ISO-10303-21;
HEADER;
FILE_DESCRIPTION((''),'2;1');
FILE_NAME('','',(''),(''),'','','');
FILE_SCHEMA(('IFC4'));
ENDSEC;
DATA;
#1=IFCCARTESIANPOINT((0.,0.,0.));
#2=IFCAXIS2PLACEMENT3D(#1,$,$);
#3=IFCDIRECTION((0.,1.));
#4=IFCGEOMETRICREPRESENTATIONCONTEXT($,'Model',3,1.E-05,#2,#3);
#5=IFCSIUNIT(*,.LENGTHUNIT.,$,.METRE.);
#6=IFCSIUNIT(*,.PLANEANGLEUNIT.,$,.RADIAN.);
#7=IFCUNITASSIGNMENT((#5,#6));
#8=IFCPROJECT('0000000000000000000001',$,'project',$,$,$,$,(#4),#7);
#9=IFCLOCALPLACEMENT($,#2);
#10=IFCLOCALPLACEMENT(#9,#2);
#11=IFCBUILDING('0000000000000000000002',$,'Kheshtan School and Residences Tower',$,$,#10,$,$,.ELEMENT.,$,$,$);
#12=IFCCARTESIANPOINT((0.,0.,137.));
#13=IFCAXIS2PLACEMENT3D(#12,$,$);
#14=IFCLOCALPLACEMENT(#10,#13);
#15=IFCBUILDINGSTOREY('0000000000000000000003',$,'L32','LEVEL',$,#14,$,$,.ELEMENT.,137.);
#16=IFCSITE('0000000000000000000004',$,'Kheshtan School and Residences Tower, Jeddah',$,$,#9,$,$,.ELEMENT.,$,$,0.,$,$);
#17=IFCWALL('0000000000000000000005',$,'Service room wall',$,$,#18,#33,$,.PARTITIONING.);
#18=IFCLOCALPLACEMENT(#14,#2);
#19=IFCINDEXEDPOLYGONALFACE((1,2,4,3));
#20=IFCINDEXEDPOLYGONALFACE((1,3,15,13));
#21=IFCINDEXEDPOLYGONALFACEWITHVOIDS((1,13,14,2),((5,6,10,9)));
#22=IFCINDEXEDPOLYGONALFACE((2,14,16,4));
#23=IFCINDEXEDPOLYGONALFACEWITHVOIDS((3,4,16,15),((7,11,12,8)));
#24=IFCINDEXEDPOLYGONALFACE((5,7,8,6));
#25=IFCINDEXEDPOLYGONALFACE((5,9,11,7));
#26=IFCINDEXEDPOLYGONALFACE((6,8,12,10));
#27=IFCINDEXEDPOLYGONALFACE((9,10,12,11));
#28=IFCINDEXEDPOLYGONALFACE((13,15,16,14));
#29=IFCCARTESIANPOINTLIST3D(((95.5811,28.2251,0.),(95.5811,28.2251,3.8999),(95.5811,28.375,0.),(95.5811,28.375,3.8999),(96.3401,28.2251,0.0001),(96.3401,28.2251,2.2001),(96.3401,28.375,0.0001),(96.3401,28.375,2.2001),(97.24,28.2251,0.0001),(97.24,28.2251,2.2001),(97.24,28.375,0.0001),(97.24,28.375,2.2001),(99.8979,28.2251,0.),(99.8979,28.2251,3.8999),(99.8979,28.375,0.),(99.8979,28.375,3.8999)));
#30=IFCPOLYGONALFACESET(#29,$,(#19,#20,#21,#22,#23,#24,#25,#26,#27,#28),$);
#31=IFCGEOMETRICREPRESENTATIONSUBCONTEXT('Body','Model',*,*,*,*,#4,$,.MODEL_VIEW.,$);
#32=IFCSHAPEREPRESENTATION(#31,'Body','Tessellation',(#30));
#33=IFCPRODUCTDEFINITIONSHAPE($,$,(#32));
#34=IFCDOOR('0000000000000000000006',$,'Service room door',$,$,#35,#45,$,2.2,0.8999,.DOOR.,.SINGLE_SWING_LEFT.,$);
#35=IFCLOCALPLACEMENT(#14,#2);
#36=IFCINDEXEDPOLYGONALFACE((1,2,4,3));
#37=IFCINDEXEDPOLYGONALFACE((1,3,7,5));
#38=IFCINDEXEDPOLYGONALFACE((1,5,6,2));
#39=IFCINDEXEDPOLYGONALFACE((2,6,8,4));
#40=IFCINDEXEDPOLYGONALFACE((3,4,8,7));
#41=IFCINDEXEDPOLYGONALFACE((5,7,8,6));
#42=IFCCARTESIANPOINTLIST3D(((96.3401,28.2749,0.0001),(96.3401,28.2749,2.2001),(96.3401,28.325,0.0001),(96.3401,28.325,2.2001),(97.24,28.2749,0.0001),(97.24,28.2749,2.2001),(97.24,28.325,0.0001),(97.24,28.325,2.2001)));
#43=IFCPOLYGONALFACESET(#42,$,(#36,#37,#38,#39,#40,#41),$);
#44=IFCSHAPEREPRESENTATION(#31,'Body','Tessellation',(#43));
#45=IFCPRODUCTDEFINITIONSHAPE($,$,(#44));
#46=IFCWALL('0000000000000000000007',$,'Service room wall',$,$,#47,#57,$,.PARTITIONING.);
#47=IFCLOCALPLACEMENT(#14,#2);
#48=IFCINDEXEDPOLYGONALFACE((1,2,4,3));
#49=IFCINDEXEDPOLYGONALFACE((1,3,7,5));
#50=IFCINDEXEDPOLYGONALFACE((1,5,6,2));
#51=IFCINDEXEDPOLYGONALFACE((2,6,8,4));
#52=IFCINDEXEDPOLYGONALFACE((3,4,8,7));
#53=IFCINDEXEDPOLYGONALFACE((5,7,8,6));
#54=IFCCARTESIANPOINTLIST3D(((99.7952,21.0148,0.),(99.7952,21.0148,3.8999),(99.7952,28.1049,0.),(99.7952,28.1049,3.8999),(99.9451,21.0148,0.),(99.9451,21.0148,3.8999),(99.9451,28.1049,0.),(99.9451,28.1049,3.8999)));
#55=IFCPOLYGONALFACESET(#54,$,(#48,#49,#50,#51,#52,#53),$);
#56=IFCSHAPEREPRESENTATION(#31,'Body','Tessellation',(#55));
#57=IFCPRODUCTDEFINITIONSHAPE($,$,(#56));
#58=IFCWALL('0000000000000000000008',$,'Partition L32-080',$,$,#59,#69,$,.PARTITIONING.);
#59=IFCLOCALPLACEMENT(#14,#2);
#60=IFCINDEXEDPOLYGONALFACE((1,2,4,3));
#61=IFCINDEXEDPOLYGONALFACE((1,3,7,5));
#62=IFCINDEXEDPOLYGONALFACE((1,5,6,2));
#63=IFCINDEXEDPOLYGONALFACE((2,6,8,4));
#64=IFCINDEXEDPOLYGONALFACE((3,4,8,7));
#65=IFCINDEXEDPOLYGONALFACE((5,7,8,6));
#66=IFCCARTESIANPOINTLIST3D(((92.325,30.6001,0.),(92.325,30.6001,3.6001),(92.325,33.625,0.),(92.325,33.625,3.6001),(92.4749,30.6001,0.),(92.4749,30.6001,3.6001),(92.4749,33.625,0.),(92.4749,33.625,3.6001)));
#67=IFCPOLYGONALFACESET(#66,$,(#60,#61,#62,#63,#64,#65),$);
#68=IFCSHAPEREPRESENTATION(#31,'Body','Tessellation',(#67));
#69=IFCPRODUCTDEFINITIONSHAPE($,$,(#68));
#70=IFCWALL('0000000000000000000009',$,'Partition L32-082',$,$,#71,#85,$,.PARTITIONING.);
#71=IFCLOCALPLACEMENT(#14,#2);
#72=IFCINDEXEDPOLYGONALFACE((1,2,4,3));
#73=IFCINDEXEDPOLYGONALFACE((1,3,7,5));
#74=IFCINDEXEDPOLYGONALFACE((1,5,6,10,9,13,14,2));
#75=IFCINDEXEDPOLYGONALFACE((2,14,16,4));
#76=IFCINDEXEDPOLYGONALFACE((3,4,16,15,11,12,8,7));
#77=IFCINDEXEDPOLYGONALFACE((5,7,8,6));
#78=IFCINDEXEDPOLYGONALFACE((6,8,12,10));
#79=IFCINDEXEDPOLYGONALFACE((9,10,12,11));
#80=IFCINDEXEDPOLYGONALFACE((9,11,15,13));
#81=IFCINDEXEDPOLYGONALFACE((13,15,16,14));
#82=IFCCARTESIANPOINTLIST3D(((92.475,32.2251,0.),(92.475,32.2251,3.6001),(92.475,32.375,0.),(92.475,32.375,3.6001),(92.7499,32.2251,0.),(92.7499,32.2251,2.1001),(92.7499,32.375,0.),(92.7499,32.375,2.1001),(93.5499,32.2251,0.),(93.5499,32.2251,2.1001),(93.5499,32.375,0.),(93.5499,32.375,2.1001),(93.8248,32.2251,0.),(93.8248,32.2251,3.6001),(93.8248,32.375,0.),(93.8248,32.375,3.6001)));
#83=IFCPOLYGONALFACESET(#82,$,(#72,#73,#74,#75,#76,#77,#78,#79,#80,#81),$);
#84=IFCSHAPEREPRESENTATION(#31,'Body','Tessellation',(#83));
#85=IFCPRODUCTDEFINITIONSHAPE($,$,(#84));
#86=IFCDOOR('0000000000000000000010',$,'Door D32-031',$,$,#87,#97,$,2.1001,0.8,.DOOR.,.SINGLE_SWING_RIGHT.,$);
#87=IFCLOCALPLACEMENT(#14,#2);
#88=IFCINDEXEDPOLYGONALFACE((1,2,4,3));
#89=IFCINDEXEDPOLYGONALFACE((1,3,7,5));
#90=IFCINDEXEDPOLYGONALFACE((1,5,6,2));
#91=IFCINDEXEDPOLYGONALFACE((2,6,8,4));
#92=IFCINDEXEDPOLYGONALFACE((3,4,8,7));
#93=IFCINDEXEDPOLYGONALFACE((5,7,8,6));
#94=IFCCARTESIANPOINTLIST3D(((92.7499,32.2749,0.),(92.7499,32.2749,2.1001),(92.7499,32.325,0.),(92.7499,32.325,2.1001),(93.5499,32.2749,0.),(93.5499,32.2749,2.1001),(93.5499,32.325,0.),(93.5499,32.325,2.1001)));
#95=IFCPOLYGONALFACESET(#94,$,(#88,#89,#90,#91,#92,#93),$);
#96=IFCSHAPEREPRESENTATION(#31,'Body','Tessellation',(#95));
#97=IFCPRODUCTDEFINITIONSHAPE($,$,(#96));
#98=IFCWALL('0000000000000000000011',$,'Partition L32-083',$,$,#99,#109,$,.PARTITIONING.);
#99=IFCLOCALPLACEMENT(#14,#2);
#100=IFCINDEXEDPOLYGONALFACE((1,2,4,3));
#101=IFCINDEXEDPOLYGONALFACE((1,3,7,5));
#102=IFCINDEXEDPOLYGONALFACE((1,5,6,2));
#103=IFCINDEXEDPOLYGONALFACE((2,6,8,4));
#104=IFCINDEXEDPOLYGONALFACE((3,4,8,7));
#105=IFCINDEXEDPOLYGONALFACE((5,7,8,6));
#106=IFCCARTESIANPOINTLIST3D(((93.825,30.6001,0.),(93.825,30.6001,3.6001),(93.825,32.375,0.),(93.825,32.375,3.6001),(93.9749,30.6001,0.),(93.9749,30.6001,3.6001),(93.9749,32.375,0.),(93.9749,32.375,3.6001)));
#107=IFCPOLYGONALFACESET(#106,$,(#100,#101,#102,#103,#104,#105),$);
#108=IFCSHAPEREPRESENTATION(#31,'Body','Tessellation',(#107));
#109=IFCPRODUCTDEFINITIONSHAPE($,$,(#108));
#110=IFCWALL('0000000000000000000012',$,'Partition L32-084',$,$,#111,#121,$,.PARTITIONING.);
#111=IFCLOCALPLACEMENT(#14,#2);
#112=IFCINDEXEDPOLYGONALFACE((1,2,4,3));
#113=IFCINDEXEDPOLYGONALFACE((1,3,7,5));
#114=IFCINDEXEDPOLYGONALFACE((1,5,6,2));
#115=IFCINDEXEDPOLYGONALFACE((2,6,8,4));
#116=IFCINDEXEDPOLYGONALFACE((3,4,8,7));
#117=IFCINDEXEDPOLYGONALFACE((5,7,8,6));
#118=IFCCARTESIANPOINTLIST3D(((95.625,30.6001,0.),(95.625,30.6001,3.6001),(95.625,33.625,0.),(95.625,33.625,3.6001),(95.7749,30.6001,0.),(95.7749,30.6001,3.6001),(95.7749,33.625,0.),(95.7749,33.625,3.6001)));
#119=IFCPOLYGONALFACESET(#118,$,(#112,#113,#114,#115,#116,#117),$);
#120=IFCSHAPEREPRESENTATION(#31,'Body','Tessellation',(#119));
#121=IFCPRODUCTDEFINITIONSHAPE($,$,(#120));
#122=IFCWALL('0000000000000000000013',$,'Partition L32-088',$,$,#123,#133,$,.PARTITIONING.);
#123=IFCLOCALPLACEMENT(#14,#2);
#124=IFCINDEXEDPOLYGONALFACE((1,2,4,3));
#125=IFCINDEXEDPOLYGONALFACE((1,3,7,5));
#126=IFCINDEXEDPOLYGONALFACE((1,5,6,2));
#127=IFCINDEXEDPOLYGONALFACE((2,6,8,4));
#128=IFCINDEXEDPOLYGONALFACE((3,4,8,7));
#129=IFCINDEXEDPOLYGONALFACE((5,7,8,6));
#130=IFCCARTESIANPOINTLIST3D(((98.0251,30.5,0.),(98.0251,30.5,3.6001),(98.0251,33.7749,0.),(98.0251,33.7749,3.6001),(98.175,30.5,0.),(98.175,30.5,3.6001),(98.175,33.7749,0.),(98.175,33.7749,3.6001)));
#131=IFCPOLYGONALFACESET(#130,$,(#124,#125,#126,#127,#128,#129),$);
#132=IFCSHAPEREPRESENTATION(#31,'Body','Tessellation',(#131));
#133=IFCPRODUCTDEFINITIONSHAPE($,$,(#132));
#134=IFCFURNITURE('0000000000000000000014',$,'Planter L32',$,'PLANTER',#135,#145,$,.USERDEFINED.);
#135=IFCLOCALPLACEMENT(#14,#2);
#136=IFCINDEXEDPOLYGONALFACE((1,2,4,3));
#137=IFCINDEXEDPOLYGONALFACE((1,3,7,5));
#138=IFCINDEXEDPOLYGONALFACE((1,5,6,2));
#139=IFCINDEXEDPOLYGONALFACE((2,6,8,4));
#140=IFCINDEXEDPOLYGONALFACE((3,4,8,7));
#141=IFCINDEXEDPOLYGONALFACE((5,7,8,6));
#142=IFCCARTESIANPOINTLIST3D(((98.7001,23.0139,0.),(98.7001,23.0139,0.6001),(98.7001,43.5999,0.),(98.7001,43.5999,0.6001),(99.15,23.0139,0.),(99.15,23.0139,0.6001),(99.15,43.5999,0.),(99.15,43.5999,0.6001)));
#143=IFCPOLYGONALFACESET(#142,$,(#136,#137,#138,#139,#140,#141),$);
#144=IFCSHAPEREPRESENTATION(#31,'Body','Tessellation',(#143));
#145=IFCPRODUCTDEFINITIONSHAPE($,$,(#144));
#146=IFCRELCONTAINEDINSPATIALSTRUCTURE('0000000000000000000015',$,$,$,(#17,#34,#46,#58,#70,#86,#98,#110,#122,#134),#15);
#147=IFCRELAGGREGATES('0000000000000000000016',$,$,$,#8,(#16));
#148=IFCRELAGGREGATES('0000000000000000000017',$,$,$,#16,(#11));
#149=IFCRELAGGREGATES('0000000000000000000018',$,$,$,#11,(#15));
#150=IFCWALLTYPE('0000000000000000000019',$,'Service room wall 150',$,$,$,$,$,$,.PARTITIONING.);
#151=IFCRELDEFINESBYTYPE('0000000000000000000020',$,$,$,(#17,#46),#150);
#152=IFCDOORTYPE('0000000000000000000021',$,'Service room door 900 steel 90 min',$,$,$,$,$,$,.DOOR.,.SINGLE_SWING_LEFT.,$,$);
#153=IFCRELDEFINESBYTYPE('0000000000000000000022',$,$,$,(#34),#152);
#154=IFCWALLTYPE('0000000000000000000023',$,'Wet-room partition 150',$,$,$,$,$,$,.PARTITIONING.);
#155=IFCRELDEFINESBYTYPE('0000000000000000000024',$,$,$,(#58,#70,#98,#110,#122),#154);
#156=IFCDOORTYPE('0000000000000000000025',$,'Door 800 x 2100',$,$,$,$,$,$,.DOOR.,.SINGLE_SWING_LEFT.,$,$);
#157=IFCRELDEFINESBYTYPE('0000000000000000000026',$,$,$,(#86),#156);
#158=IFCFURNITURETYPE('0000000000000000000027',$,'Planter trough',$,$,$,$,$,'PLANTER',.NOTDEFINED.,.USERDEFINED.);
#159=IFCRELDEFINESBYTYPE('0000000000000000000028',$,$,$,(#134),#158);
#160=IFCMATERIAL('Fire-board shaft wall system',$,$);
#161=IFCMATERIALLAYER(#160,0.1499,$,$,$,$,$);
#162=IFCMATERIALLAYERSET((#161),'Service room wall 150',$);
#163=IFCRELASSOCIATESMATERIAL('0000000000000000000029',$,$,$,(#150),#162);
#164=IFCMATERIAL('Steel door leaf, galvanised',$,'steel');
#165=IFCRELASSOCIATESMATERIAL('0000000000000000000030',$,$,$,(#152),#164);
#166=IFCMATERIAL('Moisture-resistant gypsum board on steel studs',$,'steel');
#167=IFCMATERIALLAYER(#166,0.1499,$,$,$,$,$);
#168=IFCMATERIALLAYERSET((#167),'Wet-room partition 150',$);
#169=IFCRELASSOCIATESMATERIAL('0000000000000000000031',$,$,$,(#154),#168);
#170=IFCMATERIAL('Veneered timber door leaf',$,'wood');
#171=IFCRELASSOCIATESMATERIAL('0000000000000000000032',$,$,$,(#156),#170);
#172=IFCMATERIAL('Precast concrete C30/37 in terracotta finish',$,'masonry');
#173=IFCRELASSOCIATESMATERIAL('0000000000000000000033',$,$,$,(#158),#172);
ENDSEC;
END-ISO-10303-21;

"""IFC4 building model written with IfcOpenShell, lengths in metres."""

from ifc_helpers import new_model, si_unit, direction, frame, frame_2d, origin, origin_2d, place, context, subcontext, project, spatial, rectangle, extrude, source, transform, mapped, material, layer, layer_set, type_object, element, fill, save


model = new_model("IFC4")

# Units and contexts
model_context = context("Model", 3, precision=1e-05, world=origin(), true_north=direction((0.0, 1.0)))
body_context = subcontext(model_context, "Body", "Model", "MODEL_VIEW")
ifc_project = project(units=[si_unit("LENGTHUNIT", "METRE"), si_unit("PLANEANGLEUNIT", "RADIAN")], contexts=[model_context])

# Site, building, storey
site_placement = place(None, origin())
site = spatial("IfcSite", under=ifc_project, at=site_placement, Name="Kheshtan School and Residences Tower, Jeddah", CompositionType="ELEMENT", RefElevation=0.0)
building_placement = place(site_placement, origin())
building = spatial("IfcBuilding", under=site, at=building_placement, Name="Kheshtan School and Residences Tower", CompositionType="ELEMENT")
storey_placement = place(building_placement, frame((0.0, 0.0, 137.0)))
storey = spatial("IfcBuildingStorey", under=building, at=storey_placement, Name="L32", Description="LEVEL", CompositionType="ELEMENT", Elevation=137.0)

# Shared definitions
ifc_material_1 = material(Name="Fire-board shaft wall system")
ifc_layer_1 = layer(ifc_material_1, 0.1499)
ifc_layer_set_1 = layer_set([ifc_layer_1], Name="Service room wall 150")
wall_type_1 = type_object("IfcWallType", Name="Service room wall 150", PredefinedType="PARTITIONING", material=ifc_layer_set_1)
ifc_material_2 = material(Name="Steel door leaf, galvanised", Category="steel")
door_type_1 = type_object("IfcDoorType", Name="Service room door 900 steel 90 min", OperationType="SINGLE_SWING_LEFT", PredefinedType="DOOR", material=ifc_material_2)
shared_shape_1 = source(origin(), body_context, "Body", "SweptSolid", [
    extrude(rectangle(XDim=0.8999, YDim=2.2, at=frame_2d((0.45, 1.1001))), frame((0.0, 0.0249, 0.0), z_axis=(0.0, -1.0, 0.0), x_axis=(1.0, 0.0, 0.0)), (0.0, 0.0, 1.0), 0.05),
])

# Wall, opening, door
wall_1_placement = place(storey_placement, frame((95.5811, 28.3, 0.0), z_axis=(0.0, 0.0, 1.0), x_axis=(1.0, 0.0, 0.0)))
wall_1 = element("IfcWall", 1, at=wall_1_placement, inside=storey, type_object=wall_type_1, Name="Service room wall", PredefinedType="PARTITIONING", context=body_context, shape_type="SweptSolid", body=[
    extrude(rectangle(XDim=4.3169, YDim=0.1499, at=frame_2d((2.1584, 0.0))), origin(), (0.0, 0.0, 1.0), 3.8999),
])
opening_1_placement = place(wall_1_placement, frame((0.759, 0.0, 0.0)))
opening_1 = element("IfcOpeningElement", 2, at=opening_1_placement, cuts=wall_1, PredefinedType="OPENING", context=body_context, shape_type="SweptSolid", body=[
    extrude(rectangle(XDim=0.8999, YDim=2.2, at=frame_2d((0.45, 1.1001))), frame((0.0, 0.085, 0.0), z_axis=(0.0, -1.0, 0.0), x_axis=(1.0, 0.0, 0.0)), (0.0, 0.0, 1.0), 0.1699),
])
door_1_placement = place(opening_1_placement, origin())
door_1 = element("IfcDoor", 3, at=door_1_placement, inside=storey, type_object=door_type_1, Name="Service room door", OperationType="SINGLE_SWING_LEFT", OverallHeight=2.2, OverallWidth=0.8999, PredefinedType="DOOR", context=body_context, shape_type="MappedRepresentation", body=[
    mapped(shared_shape_1, transform((0.0, 0.0, 0.0), x_axis=(1.0, 0.0, 0.0), y_axis=(0.0, 1.0, 0.0), z_axis=(0.0, 0.0, 1.0), scale=1.0)),
])
fill(opening_1, door_1)

# Walls
wall_2_placement = place(storey_placement, frame((99.8701, 21.0149, 0.0), z_axis=(0.0, 0.0, 1.0), x_axis=(0.0, 1.0, 0.0)))
element("IfcWall", 4, at=wall_2_placement, inside=storey, type_object=wall_type_1, Name="Service room wall", PredefinedType="PARTITIONING", context=body_context, shape_type="SweptSolid", body=[
    extrude(rectangle(XDim=7.0901, YDim=0.1499, at=frame_2d((3.5449, 0.0))), origin(), (0.0, 0.0, 1.0), 3.8999),
])
ifc_material_3 = material(Name="Moisture-resistant gypsum board on steel studs", Category="steel")
ifc_layer_2 = layer(ifc_material_3, 0.1499)
ifc_layer_set_2 = layer_set([ifc_layer_2], Name="Wet-room partition 150")
wall_type_2 = type_object("IfcWallType", Name="Wet-room partition 150", PredefinedType="PARTITIONING", material=ifc_layer_set_2)
wall_3_placement = place(storey_placement, frame((92.3999, 30.6001, 0.0), z_axis=(0.0, 0.0, 1.0), x_axis=(0.0, 1.0, 0.0)))
element("IfcWall", 5, at=wall_3_placement, inside=storey, type_object=wall_type_2, Name="Partition L32-080", PredefinedType="PARTITIONING", context=body_context, shape_type="SweptSolid", body=[
    extrude(rectangle(XDim=3.0249, YDim=0.1499, at=frame_2d((1.5125, 0.0))), origin(), (0.0, 0.0, 1.0), 3.6001),
])

# Wall, opening, door
wall_4_placement = place(storey_placement, frame((92.4751, 32.3, 0.0), z_axis=(0.0, 0.0, 1.0), x_axis=(1.0, 0.0, 0.0)))
wall_4 = element("IfcWall", 6, at=wall_4_placement, inside=storey, type_object=wall_type_2, Name="Partition L32-082", PredefinedType="PARTITIONING", context=body_context, shape_type="SweptSolid", body=[
    extrude(rectangle(XDim=1.3499, YDim=0.1499, at=frame_2d((0.6748, 0.0))), origin(), (0.0, 0.0, 1.0), 3.6001),
])
opening_2_placement = place(wall_4_placement, frame((0.2749, 0.0, 0.0)))
opening_2 = element("IfcOpeningElement", 7, at=opening_2_placement, cuts=wall_4, PredefinedType="OPENING", context=body_context, shape_type="SweptSolid", body=[
    extrude(rectangle(XDim=0.8, YDim=2.1001, at=frame_2d((0.3999, 1.05))), frame((0.0, 0.085, 0.0), z_axis=(0.0, -1.0, 0.0), x_axis=(1.0, 0.0, 0.0)), (0.0, 0.0, 1.0), 0.1699),
])
ifc_material_4 = material(Name="Veneered timber door leaf", Category="wood")
door_type_2 = type_object("IfcDoorType", Name="Door 800 x 2100", OperationType="SINGLE_SWING_LEFT", PredefinedType="DOOR", material=ifc_material_4)
shared_shape_2 = source(origin(), body_context, "Body", "SweptSolid", [
    extrude(rectangle(XDim=0.8, YDim=2.1001, at=frame_2d((0.3999, 1.05))), frame((0.0, 0.0249, 0.0), z_axis=(0.0, -1.0, 0.0), x_axis=(1.0, 0.0, 0.0)), (0.0, 0.0, 1.0), 0.05),
])
door_2_placement = place(opening_2_placement, origin())
door_2 = element("IfcDoor", 8, at=door_2_placement, inside=storey, type_object=door_type_2, Name="Door D32-031", OperationType="SINGLE_SWING_RIGHT", OverallHeight=2.1001, OverallWidth=0.8, PredefinedType="DOOR", context=body_context, shape_type="MappedRepresentation", body=[
    mapped(shared_shape_2, transform((0.0, 0.0, 0.0), x_axis=(1.0, 0.0, 0.0), y_axis=(0.0, 1.0, 0.0), z_axis=(0.0, 0.0, 1.0), scale=1.0)),
])
fill(opening_2, door_2)

# Walls
wall_5_placement = place(storey_placement, frame((93.8999, 30.6001, 0.0), z_axis=(0.0, 0.0, 1.0), x_axis=(0.0, 1.0, 0.0)))
element("IfcWall", 9, at=wall_5_placement, inside=storey, type_object=wall_type_2, Name="Partition L32-083", PredefinedType="PARTITIONING", context=body_context, shape_type="SweptSolid", body=[
    extrude(rectangle(XDim=1.7749, YDim=0.1499, at=frame_2d((0.8875, 0.0))), origin(), (0.0, 0.0, 1.0), 3.6001),
])
wall_6_placement = place(storey_placement, frame((95.7, 30.6001, 0.0), z_axis=(0.0, 0.0, 1.0), x_axis=(0.0, 1.0, 0.0)))
element("IfcWall", 10, at=wall_6_placement, inside=storey, type_object=wall_type_2, Name="Partition L32-084", PredefinedType="PARTITIONING", context=body_context, shape_type="SweptSolid", body=[
    extrude(rectangle(XDim=3.0249, YDim=0.1499, at=frame_2d((1.5125, 0.0))), origin(), (0.0, 0.0, 1.0), 3.6001),
])
wall_7_placement = place(storey_placement, frame((98.1001, 30.5, 0.0), z_axis=(0.0, 0.0, 1.0), x_axis=(0.0, 1.0, 0.0)))
element("IfcWall", 11, at=wall_7_placement, inside=storey, type_object=wall_type_2, Name="Partition L32-088", PredefinedType="PARTITIONING", context=body_context, shape_type="SweptSolid", body=[
    extrude(rectangle(XDim=3.2749, YDim=0.1499, at=frame_2d((1.6375, 0.0))), origin(), (0.0, 0.0, 1.0), 3.6001),
])

# Furniture
ifc_material_5 = material(Name="Precast concrete C30/37 in terracotta finish", Category="masonry")
furniture_type = type_object("IfcFurnitureType", Name="Planter trough", ElementType="PLANTER", AssemblyPlace="NOTDEFINED", PredefinedType="USERDEFINED", material=ifc_material_5)
furniture_placement = place(storey_placement, frame((98.925, 33.3069, 0.0), z_axis=(0.0, 0.0, 1.0), x_axis=(0.0, -1.0, 0.0)))
element("IfcFurniture", 12, at=furniture_placement, inside=storey, type_object=furniture_type, Name="Planter L32", ObjectType="PLANTER", PredefinedType="USERDEFINED", context=body_context, shape_type="SweptSolid", body=[
    extrude(rectangle(XDim=20.5859, YDim=0.45, at=origin_2d()), origin(), (0.0, 0.0, 1.0), 0.6001),
])

save(model, "model.ifc")
